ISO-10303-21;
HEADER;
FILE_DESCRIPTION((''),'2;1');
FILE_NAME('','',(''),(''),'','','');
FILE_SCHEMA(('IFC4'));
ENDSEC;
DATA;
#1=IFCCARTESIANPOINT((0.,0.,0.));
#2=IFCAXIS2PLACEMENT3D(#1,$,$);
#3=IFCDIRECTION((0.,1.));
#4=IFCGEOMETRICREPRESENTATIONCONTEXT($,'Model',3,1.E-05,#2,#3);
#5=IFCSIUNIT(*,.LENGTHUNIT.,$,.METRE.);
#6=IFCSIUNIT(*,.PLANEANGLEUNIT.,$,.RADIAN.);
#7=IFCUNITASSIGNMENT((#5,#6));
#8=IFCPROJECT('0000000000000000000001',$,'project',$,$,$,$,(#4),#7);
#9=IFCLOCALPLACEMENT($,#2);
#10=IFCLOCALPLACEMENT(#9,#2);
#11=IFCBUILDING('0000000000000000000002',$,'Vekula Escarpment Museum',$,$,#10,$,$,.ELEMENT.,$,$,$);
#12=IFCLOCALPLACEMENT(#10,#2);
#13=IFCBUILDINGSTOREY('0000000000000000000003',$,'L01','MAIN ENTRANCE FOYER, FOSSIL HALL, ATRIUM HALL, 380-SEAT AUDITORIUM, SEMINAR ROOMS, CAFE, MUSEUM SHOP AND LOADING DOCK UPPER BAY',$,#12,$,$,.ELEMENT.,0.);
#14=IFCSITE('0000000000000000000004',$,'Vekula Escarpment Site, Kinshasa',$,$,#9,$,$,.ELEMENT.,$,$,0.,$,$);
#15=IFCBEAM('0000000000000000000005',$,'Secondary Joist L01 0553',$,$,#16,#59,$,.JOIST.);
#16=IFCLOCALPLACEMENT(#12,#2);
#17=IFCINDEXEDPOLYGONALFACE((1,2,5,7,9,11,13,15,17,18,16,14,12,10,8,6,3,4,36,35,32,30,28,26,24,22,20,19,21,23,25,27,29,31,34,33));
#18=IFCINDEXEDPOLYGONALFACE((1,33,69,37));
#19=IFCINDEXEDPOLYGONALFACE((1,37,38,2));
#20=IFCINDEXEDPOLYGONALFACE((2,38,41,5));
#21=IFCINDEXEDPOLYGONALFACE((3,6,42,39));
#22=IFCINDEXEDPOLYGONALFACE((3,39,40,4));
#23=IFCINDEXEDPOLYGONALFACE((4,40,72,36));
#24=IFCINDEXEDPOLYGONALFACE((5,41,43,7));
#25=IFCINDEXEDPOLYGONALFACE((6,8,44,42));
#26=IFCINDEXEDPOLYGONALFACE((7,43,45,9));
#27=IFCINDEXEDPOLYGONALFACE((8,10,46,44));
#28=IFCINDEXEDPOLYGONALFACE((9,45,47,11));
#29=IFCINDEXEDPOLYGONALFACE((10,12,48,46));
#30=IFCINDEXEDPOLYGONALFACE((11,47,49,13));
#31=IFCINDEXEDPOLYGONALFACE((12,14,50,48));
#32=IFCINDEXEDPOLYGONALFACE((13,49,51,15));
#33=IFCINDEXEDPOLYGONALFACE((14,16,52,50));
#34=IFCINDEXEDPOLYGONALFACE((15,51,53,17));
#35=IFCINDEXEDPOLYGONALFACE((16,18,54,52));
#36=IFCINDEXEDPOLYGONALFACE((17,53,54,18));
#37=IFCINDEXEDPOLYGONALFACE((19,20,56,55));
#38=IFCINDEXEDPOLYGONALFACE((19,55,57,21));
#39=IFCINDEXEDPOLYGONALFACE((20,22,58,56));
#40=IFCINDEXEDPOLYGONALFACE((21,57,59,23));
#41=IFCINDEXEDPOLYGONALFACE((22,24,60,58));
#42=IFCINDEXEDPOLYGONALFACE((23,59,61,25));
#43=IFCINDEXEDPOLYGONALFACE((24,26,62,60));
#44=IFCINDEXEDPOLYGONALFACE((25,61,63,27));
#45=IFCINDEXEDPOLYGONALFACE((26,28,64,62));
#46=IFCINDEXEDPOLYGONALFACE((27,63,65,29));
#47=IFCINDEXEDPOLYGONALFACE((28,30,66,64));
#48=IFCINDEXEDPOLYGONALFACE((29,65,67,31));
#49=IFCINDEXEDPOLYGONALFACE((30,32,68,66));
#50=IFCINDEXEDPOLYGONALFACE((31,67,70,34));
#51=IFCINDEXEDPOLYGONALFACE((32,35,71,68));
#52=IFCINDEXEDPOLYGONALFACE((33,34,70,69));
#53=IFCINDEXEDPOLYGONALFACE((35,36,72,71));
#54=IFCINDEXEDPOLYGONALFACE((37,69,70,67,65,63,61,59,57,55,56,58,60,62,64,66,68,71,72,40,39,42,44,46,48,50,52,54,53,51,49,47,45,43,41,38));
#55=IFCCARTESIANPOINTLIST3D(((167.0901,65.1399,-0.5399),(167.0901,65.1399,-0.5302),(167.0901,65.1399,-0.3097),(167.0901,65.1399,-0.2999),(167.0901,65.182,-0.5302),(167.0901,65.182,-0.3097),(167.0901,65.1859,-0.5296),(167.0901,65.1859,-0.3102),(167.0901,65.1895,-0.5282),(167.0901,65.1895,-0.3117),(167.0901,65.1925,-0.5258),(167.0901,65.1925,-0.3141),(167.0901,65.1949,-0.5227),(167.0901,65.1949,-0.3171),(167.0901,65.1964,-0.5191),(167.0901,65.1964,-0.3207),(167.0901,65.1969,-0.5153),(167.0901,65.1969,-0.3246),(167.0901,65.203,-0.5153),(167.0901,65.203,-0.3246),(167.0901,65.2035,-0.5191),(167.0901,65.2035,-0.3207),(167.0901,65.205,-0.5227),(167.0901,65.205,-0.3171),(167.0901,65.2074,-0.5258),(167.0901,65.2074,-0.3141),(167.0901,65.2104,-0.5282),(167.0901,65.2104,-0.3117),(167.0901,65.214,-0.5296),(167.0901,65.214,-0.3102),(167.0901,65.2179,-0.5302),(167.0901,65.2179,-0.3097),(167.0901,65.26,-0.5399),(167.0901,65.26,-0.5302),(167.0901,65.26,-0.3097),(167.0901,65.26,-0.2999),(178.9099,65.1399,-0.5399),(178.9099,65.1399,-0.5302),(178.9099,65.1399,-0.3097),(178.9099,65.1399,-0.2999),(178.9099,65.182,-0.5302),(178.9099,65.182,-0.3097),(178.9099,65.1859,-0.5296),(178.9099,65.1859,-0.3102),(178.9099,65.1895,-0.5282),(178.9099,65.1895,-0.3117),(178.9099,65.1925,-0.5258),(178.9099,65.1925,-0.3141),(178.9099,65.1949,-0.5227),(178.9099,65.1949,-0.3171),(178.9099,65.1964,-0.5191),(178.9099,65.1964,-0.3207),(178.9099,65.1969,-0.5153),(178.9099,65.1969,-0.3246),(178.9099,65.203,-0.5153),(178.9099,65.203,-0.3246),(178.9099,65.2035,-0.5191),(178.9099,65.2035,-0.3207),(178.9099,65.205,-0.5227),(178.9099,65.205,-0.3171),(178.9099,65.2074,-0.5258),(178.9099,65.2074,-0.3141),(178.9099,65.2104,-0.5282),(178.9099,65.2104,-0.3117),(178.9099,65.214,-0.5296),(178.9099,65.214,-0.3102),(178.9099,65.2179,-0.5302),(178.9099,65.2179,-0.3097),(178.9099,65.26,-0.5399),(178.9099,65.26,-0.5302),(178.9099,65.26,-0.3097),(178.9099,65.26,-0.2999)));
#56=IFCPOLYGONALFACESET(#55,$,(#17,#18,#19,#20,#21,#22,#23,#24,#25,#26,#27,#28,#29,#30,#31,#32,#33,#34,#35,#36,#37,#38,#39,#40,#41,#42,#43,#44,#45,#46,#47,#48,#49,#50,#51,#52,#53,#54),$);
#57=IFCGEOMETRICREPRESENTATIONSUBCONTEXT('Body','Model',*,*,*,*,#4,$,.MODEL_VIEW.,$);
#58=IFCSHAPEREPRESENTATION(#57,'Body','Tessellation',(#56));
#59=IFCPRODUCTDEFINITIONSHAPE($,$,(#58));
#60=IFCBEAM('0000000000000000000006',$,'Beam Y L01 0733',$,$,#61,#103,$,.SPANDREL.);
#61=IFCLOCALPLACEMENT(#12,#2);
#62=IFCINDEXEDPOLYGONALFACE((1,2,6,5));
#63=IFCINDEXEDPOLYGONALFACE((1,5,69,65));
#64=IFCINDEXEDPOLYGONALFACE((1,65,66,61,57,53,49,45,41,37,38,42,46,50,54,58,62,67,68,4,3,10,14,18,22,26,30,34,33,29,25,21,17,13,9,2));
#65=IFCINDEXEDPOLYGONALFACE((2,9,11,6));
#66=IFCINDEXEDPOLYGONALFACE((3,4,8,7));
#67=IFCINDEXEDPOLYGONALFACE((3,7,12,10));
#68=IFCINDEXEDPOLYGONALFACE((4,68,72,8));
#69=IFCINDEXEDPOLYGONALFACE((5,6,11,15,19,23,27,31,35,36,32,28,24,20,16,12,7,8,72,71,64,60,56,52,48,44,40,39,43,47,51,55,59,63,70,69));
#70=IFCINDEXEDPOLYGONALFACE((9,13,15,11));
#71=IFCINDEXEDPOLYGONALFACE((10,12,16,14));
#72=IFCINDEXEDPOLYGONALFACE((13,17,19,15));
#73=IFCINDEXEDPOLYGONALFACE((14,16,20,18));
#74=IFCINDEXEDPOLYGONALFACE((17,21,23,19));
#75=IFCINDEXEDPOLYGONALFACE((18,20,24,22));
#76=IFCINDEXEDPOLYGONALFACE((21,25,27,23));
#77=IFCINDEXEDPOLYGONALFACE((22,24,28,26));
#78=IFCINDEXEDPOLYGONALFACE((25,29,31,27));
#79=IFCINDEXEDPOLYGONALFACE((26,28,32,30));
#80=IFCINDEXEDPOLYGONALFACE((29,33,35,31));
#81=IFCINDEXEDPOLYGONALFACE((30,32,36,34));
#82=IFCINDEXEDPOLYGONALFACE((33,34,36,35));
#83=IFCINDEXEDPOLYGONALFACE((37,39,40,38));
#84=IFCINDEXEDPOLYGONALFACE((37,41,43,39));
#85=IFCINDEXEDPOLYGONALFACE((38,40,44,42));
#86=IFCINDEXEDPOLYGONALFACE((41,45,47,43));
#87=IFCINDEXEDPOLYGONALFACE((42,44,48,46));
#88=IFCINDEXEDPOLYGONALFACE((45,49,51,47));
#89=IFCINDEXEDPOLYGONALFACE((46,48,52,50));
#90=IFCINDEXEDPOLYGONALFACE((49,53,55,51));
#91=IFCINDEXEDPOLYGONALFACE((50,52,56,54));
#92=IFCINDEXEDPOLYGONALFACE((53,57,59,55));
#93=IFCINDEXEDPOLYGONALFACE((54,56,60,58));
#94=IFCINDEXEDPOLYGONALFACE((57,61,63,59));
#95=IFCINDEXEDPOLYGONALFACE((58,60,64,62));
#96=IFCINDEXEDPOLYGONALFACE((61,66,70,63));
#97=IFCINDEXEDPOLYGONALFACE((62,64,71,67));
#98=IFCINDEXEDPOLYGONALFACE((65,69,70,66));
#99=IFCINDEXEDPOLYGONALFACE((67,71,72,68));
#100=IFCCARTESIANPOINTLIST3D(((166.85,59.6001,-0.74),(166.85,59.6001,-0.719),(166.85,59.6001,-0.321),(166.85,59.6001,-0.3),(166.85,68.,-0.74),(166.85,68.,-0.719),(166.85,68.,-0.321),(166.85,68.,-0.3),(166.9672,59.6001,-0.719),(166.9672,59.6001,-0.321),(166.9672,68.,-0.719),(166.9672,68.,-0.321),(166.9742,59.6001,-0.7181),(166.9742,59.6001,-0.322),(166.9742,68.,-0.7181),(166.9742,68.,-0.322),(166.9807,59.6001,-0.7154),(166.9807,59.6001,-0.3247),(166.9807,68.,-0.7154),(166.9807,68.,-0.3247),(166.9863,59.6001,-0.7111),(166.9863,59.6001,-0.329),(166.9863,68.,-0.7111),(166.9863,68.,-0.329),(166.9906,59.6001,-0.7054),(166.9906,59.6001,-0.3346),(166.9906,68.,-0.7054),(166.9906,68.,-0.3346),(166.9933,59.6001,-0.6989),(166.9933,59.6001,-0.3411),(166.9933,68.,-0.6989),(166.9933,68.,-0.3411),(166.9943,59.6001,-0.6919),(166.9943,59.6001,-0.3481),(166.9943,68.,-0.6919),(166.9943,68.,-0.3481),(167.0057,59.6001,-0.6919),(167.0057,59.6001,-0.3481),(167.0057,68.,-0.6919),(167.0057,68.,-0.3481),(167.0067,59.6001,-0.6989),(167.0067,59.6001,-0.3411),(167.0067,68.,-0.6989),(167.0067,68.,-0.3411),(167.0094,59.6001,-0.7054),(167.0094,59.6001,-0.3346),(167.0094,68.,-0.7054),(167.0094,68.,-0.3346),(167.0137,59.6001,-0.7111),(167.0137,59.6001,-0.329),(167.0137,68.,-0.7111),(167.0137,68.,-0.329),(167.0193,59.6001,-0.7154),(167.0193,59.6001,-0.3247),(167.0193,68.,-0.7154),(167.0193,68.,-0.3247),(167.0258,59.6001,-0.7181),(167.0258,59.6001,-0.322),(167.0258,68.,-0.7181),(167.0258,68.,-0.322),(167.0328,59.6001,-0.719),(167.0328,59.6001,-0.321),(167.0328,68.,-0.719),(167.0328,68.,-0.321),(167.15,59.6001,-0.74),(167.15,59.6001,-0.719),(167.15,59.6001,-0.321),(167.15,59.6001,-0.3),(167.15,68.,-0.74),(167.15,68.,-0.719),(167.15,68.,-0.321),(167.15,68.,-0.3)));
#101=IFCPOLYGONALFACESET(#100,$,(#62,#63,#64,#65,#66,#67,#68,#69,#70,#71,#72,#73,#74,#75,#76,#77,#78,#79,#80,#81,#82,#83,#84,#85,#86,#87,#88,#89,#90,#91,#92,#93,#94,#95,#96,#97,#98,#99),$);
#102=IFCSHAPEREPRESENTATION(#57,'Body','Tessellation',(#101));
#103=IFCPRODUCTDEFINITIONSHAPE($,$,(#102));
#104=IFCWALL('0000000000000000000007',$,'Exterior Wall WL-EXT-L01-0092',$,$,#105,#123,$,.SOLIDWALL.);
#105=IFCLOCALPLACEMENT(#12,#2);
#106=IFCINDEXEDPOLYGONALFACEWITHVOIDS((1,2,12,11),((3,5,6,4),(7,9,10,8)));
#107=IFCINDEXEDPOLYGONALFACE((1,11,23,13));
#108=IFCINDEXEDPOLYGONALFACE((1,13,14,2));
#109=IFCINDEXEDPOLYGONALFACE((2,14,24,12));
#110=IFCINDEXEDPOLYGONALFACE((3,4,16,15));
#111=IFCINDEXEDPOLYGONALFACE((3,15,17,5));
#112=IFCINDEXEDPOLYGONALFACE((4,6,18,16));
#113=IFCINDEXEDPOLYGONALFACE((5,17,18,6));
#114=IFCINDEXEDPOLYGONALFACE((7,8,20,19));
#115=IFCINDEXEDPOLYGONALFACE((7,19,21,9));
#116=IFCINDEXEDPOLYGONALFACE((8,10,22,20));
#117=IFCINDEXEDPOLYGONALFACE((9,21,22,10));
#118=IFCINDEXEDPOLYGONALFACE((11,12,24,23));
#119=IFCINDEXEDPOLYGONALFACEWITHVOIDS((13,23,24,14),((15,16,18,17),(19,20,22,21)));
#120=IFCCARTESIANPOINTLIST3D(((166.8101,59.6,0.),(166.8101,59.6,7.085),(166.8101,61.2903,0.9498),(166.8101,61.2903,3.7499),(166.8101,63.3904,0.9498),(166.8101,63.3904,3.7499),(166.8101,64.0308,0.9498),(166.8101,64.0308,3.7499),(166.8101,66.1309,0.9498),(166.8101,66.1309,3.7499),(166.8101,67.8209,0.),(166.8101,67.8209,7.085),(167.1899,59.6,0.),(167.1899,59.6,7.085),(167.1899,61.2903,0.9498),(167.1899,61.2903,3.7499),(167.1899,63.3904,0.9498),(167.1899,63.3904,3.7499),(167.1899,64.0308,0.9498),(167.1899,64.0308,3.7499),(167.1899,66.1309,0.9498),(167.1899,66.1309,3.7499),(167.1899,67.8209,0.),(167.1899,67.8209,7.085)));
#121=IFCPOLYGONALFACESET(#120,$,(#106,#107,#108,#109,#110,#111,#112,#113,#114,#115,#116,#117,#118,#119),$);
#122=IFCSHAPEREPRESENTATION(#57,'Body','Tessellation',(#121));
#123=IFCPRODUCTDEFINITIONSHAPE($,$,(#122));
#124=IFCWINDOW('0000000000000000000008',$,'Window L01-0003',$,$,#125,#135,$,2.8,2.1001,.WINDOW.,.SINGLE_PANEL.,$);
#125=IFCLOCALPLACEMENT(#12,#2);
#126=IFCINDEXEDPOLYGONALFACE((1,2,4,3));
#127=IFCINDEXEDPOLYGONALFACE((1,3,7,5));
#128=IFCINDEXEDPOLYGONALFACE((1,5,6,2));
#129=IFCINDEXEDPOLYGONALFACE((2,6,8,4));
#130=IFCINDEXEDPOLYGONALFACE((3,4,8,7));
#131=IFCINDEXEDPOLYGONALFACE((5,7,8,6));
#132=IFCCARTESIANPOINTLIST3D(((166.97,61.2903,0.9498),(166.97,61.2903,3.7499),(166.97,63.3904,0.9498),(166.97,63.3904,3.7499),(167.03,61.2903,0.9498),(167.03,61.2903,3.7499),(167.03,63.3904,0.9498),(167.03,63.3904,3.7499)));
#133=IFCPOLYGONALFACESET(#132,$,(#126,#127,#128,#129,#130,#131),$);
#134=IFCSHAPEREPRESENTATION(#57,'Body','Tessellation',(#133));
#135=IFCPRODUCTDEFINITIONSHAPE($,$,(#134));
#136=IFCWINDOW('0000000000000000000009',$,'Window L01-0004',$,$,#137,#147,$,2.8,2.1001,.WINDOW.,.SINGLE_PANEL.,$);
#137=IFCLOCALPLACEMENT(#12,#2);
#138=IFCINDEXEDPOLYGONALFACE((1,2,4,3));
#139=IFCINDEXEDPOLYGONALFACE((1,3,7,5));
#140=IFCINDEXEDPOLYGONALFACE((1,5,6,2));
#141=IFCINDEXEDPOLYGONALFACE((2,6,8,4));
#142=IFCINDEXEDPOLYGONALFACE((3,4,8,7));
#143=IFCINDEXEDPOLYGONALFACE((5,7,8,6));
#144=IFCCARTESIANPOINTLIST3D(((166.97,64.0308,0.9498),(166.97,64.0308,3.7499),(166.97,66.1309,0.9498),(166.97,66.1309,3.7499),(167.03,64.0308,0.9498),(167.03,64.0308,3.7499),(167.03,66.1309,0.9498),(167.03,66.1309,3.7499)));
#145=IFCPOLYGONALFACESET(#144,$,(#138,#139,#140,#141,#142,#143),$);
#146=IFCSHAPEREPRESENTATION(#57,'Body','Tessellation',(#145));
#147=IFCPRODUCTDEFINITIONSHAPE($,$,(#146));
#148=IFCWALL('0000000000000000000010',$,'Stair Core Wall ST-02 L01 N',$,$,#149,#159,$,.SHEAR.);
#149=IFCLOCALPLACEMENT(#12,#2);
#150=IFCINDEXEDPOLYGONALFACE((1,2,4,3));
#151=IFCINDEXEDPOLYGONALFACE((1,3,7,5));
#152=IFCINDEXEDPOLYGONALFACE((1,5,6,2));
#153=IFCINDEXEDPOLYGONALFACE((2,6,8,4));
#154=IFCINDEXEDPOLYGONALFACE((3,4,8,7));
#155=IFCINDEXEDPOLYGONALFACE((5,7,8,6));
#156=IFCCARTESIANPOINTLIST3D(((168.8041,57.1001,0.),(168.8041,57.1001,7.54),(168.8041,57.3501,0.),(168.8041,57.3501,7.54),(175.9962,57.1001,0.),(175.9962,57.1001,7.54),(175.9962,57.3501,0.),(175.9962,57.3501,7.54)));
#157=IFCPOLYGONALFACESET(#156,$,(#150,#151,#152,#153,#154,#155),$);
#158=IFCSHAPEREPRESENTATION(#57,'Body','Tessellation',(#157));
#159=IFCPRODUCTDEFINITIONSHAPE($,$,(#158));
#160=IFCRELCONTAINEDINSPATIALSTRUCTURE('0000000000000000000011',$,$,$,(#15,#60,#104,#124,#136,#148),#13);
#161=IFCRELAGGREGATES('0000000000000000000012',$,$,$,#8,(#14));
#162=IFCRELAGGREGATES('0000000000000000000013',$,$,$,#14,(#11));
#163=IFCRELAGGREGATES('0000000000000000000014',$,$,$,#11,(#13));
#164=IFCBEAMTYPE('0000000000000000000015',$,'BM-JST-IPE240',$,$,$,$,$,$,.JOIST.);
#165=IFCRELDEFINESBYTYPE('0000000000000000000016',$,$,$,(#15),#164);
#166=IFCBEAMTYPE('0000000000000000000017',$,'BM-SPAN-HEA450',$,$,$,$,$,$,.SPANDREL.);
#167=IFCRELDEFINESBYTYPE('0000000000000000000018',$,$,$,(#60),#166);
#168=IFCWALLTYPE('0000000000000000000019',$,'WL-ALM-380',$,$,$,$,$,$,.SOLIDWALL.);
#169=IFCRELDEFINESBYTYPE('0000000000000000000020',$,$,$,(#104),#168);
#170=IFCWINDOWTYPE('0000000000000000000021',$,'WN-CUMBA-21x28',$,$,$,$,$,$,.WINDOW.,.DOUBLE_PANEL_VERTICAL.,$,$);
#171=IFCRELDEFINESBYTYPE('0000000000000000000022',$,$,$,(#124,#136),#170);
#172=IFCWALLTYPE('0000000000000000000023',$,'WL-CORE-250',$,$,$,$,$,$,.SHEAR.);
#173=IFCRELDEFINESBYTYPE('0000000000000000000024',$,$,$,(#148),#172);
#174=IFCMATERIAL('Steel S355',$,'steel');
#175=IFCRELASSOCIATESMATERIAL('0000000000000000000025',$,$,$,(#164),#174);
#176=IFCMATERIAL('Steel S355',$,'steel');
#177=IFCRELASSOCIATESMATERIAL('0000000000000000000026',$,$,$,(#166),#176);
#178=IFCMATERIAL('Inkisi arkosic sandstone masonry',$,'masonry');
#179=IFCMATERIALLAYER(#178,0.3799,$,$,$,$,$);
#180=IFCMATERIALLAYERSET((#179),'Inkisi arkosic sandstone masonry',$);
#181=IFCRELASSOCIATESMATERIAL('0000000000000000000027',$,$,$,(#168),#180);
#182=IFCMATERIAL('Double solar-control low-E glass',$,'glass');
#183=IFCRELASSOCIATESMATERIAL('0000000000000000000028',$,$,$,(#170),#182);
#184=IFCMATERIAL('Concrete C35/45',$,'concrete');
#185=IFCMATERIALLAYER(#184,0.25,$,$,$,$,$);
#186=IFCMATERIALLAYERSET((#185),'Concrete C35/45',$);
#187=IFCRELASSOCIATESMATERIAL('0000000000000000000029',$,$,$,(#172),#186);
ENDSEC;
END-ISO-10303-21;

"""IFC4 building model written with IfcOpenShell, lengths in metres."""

from ifc_helpers import new_model, si_unit, direction, frame, frame_2d, origin, origin_2d, place, context, subcontext, project, spatial, rectangle, i_section, extrude, material, layer, layer_set, material_profile, profile_set, type_object, element, fill, save


model = new_model("IFC4")

# Units and contexts
model_context = context("Model", 3, precision=1e-05, world=origin(), true_north=direction((0.0, 1.0)))
body_context = subcontext(model_context, "Body", "Model", "MODEL_VIEW")
ifc_project = project(units=[si_unit("LENGTHUNIT", "METRE"), si_unit("PLANEANGLEUNIT", "RADIAN")], contexts=[model_context])

# Site, building, storey
site_placement = place(None, origin())
site = spatial("IfcSite", under=ifc_project, at=site_placement, Name="Vekula Escarpment Site, Kinshasa", CompositionType="ELEMENT", RefElevation=0.0)
building_placement = place(site_placement, origin())
building = spatial("IfcBuilding", under=site, at=building_placement, Name="Vekula Escarpment Museum", CompositionType="ELEMENT")
storey_placement = place(building_placement, origin())
storey = spatial("IfcBuildingStorey", under=building, at=storey_placement, Name="L01", Description="MAIN ENTRANCE FOYER, FOSSIL HALL, ATRIUM HALL, 380-SEAT AUDITORIUM, SEMINAR ROOMS, CAFE, MUSEUM SHOP AND LOADING DOCK UPPER BAY", CompositionType="ELEMENT", Elevation=0.0)

# Beams
ifc_material_1 = material(Name="Steel S355", Category="steel")
ifc_material_profile_1 = material_profile(ifc_material_1, i_section(OverallWidth=0.1201, OverallDepth=0.24, WebThickness=0.0061, FlangeThickness=0.0098, FilletRadius=0.0149, at=origin_2d()), Name="IPE 240")
ifc_profile_set_1 = profile_set([ifc_material_profile_1], Name="Steel S355")
beam_type_1 = type_object("IfcBeamType", Name="BM-JST-IPE240", PredefinedType="JOIST", material=ifc_profile_set_1)
for number, where, z_axis, x_axis, name in (
    (1, (167.0901, 65.2, -0.4199), (1.0, 0.0, 0.0), (0.0, 1.0, 0.0), "Secondary Joist L01 0553"),
):
    element("IfcBeam", number, at=place(storey_placement, frame(where, z_axis=z_axis, x_axis=x_axis)), inside=storey, type_object=beam_type_1, Name=name, PredefinedType="JOIST", context=body_context, shape_type="SweptSolid", body=[
        extrude(i_section(OverallWidth=0.1201, OverallDepth=0.24, WebThickness=0.0061, FlangeThickness=0.0098, FilletRadius=0.0149, at=origin_2d()), origin(), (0.0, 0.0, 1.0), 11.8198),
    ])
ifc_material_2 = material(Name="Steel S355", Category="steel")
ifc_material_profile_2 = material_profile(ifc_material_2, i_section(OverallWidth=0.3, OverallDepth=0.4399, WebThickness=0.0115, FlangeThickness=0.021, FilletRadius=0.0271, at=origin_2d()), Name="HEA 450")
ifc_profile_set_2 = profile_set([ifc_material_profile_2], Name="Steel S355")
beam_type_2 = type_object("IfcBeamType", Name="BM-SPAN-HEA450", PredefinedType="SPANDREL", material=ifc_profile_set_2)
beam_1_placement = place(storey_placement, frame((167.0, 59.6001, -0.52), z_axis=(0.0, 1.0, 0.0), x_axis=(-1.0, 0.0, 0.0)))
element("IfcBeam", 2, at=beam_1_placement, inside=storey, type_object=beam_type_2, Name="Beam Y L01 0733", PredefinedType="SPANDREL", context=body_context, shape_type="SweptSolid", body=[
    extrude(i_section(OverallWidth=0.3, OverallDepth=0.4399, WebThickness=0.0115, FlangeThickness=0.021, FilletRadius=0.0271, at=origin_2d()), origin(), (0.0, 0.0, 1.0), 8.3999),
])

# Wall, openings, windows
ifc_material_3 = material(Name="Inkisi arkosic sandstone masonry", Category="masonry")
ifc_layer_1 = layer(ifc_material_3, 0.3799)
ifc_layer_set_1 = layer_set([ifc_layer_1], Name="Inkisi arkosic sandstone masonry")
wall_type_1 = type_object("IfcWallType", Name="WL-ALM-380", PredefinedType="SOLIDWALL", material=ifc_layer_set_1)
wall_1_placement = place(storey_placement, frame((167.0, 59.6001, 0.0), z_axis=(0.0, 0.0, 1.0), x_axis=(0.0, 1.0, 0.0)))
wall_1 = element("IfcWall", 3, at=wall_1_placement, inside=storey, type_object=wall_type_1, Name="Exterior Wall WL-EXT-L01-0092", PredefinedType="SOLIDWALL", context=body_context, shape_type="SweptSolid", body=[
    extrude(rectangle(XDim=8.2209, YDim=0.3799, at=frame_2d((4.1104, 0.0))), origin(), (0.0, 0.0, 1.0), 7.085),
])
opening_1_placement = place(wall_1_placement, frame((1.6902, 0.0, 0.95)))
opening_1 = element("IfcOpeningElement", 4, at=opening_1_placement, cuts=wall_1, PredefinedType="OPENING", context=body_context, shape_type="SweptSolid", body=[
    extrude(rectangle(XDim=2.1001, YDim=2.8, at=frame_2d((1.05, 1.3999))), frame((0.0, 0.2, 0.0), z_axis=(0.0, -1.0, 0.0), x_axis=(1.0, 0.0, 0.0)), (0.0, 0.0, 1.0), 0.3999),
])
opening_2_placement = place(wall_1_placement, frame((4.4307, 0.0, 0.95)))
opening_2 = element("IfcOpeningElement", 5, at=opening_2_placement, cuts=wall_1, PredefinedType="OPENING", context=body_context, shape_type="SweptSolid", body=[
    extrude(rectangle(XDim=2.1001, YDim=2.8, at=frame_2d((1.05, 1.3999))), frame((0.0, 0.2, 0.0), z_axis=(0.0, -1.0, 0.0), x_axis=(1.0, 0.0, 0.0)), (0.0, 0.0, 1.0), 0.3999),
])
ifc_material_4 = material(Name="Double solar-control low-E glass", Category="glass")
window_type = type_object("IfcWindowType", Name="WN-CUMBA-21x28", PartitioningType="DOUBLE_PANEL_VERTICAL", PredefinedType="WINDOW", material=ifc_material_4)
window_1_placement = place(opening_1_placement, origin())
window_1 = element("IfcWindow", 6, at=window_1_placement, inside=storey, type_object=window_type, Name="Window L01-0003", OverallHeight=2.8, OverallWidth=2.1001, PartitioningType="SINGLE_PANEL", PredefinedType="WINDOW", context=body_context, shape_type="SweptSolid", body=[
    extrude(rectangle(XDim=2.1001, YDim=2.8, at=frame_2d((1.05, 1.3999))), frame((0.0, 0.03, 0.0), z_axis=(0.0, -1.0, 0.0), x_axis=(1.0, 0.0, 0.0)), (0.0, 0.0, 1.0), 0.0601),
])
fill(opening_1, window_1)
window_2_placement = place(opening_2_placement, origin())
window_2 = element("IfcWindow", 7, at=window_2_placement, inside=storey, type_object=window_type, Name="Window L01-0004", OverallHeight=2.8, OverallWidth=2.1001, PartitioningType="SINGLE_PANEL", PredefinedType="WINDOW", context=body_context, shape_type="SweptSolid", body=[
    extrude(rectangle(XDim=2.1001, YDim=2.8, at=frame_2d((1.05, 1.3999))), frame((0.0, 0.03, 0.0), z_axis=(0.0, -1.0, 0.0), x_axis=(1.0, 0.0, 0.0)), (0.0, 0.0, 1.0), 0.0601),
])
fill(opening_2, window_2)

# Wall
ifc_material_5 = material(Name="Concrete C35/45", Category="concrete")
ifc_layer_2 = layer(ifc_material_5, 0.25)
ifc_layer_set_2 = layer_set([ifc_layer_2], Name="Concrete C35/45")
wall_type_2 = type_object("IfcWallType", Name="WL-CORE-250", PredefinedType="SHEAR", material=ifc_layer_set_2)
wall_2_placement = place(storey_placement, frame((168.804, 57.2251, 0.0), z_axis=(0.0, 0.0, 1.0), x_axis=(1.0, 0.0, 0.0)))
element("IfcWall", 8, at=wall_2_placement, inside=storey, type_object=wall_type_2, Name="Stair Core Wall ST-02 L01 N", PredefinedType="SHEAR", context=body_context, shape_type="SweptSolid", body=[
    extrude(rectangle(XDim=7.1921, YDim=0.25, at=frame_2d((3.5962, 0.0))), origin(), (0.0, 0.0, 1.0), 7.54),
])

save(model, "model.ifc")
